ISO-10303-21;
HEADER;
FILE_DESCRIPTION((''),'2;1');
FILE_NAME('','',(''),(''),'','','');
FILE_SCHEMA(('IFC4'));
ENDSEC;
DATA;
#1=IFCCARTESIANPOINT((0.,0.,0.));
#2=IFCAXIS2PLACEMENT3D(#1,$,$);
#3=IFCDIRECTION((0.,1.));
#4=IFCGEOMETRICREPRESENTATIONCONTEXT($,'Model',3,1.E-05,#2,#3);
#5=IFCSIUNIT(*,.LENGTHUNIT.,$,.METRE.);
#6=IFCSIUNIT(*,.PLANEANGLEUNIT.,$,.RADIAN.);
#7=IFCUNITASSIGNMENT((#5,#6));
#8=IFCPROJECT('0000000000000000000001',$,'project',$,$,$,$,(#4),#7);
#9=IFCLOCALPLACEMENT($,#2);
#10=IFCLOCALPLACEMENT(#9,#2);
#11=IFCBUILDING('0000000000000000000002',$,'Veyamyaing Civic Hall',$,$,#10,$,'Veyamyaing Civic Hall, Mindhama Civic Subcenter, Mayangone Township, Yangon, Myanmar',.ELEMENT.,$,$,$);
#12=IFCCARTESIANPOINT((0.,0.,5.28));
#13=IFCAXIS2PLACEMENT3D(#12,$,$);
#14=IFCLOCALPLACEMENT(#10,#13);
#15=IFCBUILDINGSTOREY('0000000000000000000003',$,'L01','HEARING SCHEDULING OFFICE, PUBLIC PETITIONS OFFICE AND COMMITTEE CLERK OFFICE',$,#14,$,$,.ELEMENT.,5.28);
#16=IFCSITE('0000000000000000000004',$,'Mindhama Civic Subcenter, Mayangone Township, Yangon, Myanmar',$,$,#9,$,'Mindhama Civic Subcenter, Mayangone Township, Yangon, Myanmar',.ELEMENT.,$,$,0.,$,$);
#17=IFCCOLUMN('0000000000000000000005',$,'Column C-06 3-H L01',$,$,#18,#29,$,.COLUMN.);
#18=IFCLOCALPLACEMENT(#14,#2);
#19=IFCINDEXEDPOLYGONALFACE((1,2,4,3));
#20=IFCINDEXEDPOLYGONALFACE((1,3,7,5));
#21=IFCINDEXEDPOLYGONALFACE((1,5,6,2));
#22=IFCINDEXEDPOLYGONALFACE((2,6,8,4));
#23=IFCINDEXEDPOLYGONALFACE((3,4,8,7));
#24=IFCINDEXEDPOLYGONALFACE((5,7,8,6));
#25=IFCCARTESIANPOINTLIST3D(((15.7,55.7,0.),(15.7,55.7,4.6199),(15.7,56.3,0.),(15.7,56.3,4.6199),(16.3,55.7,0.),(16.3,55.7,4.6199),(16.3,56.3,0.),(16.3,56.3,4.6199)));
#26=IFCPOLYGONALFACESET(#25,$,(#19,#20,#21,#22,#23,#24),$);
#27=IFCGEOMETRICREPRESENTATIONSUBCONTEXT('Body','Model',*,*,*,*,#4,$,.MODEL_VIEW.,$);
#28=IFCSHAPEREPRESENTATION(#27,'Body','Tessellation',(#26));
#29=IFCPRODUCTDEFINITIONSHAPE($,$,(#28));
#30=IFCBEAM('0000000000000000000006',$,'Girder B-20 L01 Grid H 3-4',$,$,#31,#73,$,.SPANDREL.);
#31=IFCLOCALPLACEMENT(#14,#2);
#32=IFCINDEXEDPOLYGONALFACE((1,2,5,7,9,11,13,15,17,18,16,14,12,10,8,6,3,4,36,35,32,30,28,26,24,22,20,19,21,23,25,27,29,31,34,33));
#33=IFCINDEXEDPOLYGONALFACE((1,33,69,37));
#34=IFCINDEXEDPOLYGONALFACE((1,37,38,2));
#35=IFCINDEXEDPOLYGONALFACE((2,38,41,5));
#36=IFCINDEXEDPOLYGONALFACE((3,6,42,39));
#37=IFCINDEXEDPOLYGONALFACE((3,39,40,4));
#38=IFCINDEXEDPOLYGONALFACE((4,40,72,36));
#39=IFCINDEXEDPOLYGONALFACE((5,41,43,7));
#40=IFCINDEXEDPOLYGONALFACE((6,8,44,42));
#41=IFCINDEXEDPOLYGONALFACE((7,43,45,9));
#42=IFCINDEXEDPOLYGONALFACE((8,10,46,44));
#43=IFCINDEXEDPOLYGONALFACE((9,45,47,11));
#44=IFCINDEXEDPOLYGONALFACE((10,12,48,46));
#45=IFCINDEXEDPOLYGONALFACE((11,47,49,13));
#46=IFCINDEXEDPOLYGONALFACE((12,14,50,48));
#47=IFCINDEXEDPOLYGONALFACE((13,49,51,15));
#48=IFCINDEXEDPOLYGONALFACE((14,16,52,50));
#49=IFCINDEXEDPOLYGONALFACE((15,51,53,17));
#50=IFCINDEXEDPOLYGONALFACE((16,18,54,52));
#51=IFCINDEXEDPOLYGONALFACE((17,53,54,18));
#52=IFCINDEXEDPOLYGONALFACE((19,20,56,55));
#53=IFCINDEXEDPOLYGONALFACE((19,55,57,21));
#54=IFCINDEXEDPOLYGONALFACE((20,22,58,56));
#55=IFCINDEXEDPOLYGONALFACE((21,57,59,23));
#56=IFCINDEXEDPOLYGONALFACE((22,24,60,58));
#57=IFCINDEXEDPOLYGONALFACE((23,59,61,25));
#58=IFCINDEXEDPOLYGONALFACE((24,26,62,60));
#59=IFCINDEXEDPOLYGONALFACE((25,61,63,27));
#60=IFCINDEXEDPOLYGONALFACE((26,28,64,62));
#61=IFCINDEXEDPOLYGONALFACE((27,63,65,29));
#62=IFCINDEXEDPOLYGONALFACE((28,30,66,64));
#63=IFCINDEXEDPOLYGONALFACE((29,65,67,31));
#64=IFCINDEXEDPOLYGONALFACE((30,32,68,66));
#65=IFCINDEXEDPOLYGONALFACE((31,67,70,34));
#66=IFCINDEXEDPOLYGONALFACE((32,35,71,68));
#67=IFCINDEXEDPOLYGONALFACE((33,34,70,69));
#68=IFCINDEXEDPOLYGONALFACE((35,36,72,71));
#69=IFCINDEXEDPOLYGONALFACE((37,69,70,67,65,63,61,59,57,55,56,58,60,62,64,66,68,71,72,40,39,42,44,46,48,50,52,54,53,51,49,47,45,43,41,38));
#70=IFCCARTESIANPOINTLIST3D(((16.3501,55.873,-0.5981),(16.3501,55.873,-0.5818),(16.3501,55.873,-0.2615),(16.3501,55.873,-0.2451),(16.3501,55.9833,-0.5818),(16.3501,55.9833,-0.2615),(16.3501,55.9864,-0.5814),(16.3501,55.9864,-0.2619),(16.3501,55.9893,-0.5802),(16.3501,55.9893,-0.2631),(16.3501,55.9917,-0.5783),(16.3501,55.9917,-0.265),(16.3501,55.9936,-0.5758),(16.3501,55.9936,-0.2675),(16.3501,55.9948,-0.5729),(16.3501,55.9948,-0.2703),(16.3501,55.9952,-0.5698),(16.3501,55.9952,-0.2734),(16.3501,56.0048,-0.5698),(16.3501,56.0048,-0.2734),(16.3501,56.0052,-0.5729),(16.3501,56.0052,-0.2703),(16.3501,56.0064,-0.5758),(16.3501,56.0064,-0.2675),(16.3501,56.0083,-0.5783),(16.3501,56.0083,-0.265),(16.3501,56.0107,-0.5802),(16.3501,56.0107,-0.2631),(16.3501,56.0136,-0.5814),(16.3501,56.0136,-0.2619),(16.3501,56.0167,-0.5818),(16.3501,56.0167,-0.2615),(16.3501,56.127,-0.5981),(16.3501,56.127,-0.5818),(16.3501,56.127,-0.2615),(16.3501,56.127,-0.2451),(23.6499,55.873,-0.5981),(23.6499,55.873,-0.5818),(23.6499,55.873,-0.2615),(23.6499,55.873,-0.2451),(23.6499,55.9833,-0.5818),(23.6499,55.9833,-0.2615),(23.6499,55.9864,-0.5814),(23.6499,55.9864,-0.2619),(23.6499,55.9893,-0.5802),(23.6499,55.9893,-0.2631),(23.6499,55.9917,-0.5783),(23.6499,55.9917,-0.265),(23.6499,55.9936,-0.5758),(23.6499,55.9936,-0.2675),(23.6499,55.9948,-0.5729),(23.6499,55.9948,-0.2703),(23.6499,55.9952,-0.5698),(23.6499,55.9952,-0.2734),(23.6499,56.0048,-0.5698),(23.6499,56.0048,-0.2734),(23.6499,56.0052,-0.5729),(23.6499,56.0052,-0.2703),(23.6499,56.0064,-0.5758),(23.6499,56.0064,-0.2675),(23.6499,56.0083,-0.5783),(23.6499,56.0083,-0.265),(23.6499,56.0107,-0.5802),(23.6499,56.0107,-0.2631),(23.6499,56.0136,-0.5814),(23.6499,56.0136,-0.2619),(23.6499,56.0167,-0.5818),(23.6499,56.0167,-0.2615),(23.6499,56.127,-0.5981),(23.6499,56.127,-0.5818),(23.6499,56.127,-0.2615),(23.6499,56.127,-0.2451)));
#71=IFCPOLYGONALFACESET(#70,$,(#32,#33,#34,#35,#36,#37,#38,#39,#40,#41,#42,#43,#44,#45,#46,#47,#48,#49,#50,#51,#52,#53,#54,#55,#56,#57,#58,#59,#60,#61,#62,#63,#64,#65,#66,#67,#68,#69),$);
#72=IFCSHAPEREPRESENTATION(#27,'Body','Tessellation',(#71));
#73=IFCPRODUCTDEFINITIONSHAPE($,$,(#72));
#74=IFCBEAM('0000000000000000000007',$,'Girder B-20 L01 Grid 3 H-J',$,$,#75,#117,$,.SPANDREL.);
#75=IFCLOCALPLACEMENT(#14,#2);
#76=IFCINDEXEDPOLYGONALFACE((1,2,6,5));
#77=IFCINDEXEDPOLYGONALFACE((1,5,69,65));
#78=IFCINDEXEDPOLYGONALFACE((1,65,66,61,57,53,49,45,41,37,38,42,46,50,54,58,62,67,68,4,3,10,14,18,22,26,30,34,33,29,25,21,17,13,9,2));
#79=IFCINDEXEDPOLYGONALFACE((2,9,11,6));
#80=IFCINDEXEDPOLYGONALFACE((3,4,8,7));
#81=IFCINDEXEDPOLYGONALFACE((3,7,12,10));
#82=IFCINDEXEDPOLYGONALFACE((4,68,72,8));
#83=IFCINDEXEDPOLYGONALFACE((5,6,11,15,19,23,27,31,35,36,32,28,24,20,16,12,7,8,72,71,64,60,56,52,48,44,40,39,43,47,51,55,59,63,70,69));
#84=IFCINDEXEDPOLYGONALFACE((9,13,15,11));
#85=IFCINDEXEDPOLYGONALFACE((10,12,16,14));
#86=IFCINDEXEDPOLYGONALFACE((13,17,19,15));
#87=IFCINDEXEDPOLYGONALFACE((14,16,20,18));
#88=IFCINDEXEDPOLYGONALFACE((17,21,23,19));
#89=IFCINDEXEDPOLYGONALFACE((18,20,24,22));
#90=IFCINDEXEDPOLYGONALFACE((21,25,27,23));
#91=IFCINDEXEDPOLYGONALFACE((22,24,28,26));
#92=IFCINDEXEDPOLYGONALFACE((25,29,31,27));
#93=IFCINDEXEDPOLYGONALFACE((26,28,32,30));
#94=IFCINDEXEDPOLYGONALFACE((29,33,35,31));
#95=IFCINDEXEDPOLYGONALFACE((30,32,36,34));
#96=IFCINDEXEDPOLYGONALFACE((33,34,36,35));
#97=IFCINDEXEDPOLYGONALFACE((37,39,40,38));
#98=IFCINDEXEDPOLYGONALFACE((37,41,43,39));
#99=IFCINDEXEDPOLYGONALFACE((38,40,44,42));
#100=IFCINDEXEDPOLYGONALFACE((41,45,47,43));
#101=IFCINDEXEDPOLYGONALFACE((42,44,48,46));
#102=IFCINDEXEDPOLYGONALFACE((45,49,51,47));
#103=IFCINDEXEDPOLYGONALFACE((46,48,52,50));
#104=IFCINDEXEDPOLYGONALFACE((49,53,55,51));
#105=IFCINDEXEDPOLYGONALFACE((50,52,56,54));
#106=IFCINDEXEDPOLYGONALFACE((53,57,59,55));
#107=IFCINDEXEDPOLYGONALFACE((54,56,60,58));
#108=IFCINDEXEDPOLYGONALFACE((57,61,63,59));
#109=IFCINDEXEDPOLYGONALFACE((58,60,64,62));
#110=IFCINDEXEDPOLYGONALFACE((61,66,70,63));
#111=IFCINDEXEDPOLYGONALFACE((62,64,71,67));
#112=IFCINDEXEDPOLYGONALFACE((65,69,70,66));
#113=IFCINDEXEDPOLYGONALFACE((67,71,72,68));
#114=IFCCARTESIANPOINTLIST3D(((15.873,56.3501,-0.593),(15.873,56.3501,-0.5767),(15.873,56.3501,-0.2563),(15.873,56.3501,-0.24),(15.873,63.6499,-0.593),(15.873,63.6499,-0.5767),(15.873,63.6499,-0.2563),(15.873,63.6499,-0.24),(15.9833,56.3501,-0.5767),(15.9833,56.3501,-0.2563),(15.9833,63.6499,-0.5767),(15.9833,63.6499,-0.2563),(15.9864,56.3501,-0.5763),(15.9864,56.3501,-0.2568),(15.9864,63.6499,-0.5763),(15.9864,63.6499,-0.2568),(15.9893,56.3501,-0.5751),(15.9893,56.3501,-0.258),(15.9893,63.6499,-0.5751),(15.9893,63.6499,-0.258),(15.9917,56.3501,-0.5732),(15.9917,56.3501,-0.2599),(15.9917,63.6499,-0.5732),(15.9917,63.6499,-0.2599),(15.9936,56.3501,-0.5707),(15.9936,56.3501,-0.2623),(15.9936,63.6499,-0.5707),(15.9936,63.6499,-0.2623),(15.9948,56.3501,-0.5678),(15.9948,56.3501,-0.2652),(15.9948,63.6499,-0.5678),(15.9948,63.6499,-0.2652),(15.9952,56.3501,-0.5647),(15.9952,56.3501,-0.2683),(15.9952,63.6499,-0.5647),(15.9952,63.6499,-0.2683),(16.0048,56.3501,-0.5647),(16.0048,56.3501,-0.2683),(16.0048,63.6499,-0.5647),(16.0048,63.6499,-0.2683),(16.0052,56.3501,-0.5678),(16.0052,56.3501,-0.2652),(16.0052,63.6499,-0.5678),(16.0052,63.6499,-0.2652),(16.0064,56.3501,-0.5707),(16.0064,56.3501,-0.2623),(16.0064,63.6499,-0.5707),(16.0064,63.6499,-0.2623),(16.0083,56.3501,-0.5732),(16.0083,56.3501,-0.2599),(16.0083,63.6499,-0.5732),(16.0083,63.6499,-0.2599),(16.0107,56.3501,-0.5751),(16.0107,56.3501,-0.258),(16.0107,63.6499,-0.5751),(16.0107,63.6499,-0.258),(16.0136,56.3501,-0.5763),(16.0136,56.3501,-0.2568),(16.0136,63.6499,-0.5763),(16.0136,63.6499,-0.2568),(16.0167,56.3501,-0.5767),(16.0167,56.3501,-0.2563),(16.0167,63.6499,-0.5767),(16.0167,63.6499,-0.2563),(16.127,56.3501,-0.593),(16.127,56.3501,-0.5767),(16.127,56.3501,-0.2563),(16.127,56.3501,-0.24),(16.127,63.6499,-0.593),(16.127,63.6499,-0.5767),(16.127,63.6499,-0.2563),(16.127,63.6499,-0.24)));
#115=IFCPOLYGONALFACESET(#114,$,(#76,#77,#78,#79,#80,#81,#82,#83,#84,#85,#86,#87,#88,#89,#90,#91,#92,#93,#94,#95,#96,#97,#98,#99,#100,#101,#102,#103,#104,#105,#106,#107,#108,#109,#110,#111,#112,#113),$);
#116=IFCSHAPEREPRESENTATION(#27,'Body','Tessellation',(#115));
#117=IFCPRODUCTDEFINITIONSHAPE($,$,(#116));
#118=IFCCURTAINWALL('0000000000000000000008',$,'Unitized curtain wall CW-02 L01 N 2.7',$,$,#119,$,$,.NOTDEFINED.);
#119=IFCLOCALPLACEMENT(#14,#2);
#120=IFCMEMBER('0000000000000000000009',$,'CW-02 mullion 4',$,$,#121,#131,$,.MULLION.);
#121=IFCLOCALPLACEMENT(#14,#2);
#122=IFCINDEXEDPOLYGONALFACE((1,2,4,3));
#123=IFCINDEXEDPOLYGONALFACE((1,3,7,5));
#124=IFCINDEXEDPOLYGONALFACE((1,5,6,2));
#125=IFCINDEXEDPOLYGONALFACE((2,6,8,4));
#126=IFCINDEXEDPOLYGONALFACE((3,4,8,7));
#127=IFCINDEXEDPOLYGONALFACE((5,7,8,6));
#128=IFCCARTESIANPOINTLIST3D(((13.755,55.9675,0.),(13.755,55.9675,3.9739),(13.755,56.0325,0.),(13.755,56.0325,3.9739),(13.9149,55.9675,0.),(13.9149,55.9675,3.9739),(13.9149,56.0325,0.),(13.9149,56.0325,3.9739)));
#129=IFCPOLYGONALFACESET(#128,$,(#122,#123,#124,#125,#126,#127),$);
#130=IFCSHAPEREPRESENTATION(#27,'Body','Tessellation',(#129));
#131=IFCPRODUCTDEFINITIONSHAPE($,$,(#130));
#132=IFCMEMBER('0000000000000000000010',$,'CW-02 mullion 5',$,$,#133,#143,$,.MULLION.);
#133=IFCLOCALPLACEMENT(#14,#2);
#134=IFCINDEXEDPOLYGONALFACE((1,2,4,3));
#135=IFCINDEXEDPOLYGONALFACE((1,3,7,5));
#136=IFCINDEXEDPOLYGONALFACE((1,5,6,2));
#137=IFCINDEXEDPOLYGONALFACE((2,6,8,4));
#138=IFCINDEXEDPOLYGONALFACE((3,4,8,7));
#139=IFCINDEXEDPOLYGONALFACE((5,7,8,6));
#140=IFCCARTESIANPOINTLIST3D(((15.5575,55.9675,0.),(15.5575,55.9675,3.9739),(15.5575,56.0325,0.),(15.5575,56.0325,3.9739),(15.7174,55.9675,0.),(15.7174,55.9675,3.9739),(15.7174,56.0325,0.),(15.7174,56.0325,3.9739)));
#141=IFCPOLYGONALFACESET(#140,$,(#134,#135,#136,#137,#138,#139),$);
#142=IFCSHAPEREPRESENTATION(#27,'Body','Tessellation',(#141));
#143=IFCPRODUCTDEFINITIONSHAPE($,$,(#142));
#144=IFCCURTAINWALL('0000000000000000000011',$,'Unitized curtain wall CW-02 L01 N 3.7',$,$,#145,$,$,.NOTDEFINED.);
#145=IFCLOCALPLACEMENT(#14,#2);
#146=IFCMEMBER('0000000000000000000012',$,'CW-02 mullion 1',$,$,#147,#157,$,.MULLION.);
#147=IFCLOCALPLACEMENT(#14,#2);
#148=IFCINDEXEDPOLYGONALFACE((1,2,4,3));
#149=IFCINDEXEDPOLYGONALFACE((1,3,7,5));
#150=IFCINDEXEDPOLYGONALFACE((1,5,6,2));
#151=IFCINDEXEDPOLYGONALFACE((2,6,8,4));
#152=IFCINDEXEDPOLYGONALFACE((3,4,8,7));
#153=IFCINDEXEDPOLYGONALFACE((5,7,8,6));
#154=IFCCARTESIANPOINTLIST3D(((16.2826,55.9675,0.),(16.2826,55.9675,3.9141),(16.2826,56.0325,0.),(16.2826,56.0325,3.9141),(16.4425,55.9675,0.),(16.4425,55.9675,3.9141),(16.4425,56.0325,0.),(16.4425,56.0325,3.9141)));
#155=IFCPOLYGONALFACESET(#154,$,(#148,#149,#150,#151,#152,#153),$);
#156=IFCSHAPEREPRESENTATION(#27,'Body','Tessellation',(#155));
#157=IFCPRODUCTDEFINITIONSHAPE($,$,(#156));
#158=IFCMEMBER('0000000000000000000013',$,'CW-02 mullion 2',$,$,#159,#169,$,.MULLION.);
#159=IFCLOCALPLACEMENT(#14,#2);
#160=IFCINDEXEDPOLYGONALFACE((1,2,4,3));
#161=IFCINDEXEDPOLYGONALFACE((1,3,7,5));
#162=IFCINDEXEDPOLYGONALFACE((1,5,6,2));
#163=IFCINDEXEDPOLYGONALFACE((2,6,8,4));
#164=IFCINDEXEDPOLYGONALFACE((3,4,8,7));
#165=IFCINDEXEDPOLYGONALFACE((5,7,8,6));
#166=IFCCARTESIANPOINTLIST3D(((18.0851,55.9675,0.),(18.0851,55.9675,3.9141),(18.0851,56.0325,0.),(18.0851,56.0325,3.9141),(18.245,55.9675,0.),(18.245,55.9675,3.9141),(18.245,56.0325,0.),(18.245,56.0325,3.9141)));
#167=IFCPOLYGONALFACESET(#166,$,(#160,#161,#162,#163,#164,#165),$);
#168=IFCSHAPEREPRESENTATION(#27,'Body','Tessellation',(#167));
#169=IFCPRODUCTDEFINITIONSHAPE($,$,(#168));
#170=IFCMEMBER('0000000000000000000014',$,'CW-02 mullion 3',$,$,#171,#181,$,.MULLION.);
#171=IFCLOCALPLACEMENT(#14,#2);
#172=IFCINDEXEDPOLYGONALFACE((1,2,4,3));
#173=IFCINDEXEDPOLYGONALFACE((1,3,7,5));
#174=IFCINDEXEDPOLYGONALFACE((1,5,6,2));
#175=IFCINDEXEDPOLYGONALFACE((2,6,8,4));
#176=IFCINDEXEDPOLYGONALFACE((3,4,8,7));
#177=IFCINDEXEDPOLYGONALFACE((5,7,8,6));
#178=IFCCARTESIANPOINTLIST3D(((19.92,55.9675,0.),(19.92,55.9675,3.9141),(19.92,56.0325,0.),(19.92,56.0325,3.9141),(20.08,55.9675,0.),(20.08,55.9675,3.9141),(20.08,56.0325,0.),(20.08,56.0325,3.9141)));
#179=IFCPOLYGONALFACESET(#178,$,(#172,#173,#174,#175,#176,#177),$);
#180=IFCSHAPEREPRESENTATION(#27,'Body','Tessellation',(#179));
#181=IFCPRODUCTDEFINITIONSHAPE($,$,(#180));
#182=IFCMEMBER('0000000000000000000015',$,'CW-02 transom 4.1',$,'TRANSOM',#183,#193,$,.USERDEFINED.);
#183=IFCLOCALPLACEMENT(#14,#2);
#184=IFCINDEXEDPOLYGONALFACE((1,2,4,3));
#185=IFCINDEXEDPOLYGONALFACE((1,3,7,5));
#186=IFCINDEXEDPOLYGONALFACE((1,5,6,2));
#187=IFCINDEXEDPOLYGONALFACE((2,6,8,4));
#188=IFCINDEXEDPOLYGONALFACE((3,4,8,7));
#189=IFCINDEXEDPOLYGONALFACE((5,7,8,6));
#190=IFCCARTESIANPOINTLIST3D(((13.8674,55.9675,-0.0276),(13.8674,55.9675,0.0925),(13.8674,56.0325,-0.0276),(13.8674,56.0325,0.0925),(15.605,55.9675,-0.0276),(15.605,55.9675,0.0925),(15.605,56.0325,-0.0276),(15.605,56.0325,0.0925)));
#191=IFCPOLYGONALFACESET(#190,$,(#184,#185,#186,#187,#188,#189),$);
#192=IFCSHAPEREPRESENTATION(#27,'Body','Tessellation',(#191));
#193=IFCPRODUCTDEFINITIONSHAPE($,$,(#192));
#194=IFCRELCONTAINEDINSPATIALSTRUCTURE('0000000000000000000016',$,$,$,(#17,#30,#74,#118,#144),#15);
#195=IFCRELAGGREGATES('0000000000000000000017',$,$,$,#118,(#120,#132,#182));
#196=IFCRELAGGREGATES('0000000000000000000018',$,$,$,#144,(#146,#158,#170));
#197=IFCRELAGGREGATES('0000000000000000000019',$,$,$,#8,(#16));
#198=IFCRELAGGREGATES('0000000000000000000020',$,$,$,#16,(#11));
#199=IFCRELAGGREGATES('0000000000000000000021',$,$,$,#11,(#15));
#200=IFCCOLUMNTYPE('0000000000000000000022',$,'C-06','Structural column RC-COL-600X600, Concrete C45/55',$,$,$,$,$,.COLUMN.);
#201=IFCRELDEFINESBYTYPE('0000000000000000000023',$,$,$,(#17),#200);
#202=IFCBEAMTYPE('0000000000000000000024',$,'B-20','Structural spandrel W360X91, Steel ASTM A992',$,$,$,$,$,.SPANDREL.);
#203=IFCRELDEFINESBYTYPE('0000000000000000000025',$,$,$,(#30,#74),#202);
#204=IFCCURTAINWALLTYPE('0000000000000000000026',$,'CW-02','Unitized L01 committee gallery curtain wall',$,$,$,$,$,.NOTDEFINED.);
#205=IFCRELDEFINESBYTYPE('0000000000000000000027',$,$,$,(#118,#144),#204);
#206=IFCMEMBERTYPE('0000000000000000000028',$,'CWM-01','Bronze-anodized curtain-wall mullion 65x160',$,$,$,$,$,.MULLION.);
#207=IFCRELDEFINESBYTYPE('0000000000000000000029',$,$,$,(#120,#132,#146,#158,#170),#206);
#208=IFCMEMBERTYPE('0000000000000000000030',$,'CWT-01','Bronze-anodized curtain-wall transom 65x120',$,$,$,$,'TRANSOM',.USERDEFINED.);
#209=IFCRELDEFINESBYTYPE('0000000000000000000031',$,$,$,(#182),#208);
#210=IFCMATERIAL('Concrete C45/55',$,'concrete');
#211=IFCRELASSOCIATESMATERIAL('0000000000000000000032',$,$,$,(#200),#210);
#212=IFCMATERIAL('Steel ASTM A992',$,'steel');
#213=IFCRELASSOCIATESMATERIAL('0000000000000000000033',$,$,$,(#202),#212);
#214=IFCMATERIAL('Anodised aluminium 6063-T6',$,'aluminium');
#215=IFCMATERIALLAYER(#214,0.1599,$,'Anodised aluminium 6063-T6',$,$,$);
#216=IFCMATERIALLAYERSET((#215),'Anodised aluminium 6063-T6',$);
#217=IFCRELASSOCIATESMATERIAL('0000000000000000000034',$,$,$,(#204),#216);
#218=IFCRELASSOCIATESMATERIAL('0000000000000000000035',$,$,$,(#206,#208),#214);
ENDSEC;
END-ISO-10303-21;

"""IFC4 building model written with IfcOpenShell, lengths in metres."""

from ifc_helpers import new_model, si_unit, direction, frame, origin, origin_2d, place, context, subcontext, project, spatial, rectangle, i_section, extrude, material, layer, layer_set, material_profile, profile_set, type_object, element, aggregate, save


model = new_model("IFC4")

# Units and contexts
model_context = context("Model", 3, precision=1e-05, world=origin(), true_north=direction((0.0, 1.0)))
body_context = subcontext(model_context, "Body", "Model", "MODEL_VIEW")
ifc_project = project(units=[si_unit("LENGTHUNIT", "METRE"), si_unit("PLANEANGLEUNIT", "RADIAN")], contexts=[model_context])

# Site, building, storey
site_placement = place(None, origin())
site = spatial("IfcSite", under=ifc_project, at=site_placement, Name="Mindhama Civic Subcenter, Mayangone Township, Yangon, Myanmar", LongName="Mindhama Civic Subcenter, Mayangone Township, Yangon, Myanmar", CompositionType="ELEMENT", RefElevation=0.0)
building_placement = place(site_placement, origin())
building = spatial("IfcBuilding", under=site, at=building_placement, Name="Veyamyaing Civic Hall", LongName="Veyamyaing Civic Hall, Mindhama Civic Subcenter, Mayangone Township, Yangon, Myanmar", CompositionType="ELEMENT")
storey_placement = place(building_placement, frame((0.0, 0.0, 5.28)))
storey = spatial("IfcBuildingStorey", under=building, at=storey_placement, Name="L01", Description="HEARING SCHEDULING OFFICE, PUBLIC PETITIONS OFFICE AND COMMITTEE CLERK OFFICE", CompositionType="ELEMENT", Elevation=5.28)

# Column
ifc_material_1 = material(Name="Concrete C45/55", Category="concrete")
ifc_material_profile_1 = material_profile(ifc_material_1, rectangle(XDim=0.6001, YDim=0.6001, at=origin_2d()), Name="RC-COL-600X600")
ifc_profile_set_1 = profile_set([ifc_material_profile_1], Name="Concrete C45/55")
column_type = type_object("IfcColumnType", Name="C-06", Description="Structural column RC-COL-600X600, Concrete C45/55", PredefinedType="COLUMN", material=ifc_profile_set_1)
column_placement = place(storey_placement, frame((16.0, 56.0, 0.0), z_axis=(0.0, 0.0, 1.0), x_axis=(1.0, 0.0, 0.0)))
element("IfcColumn", 1, at=column_placement, inside=storey, type_object=column_type, Name="Column C-06 3-H L01", PredefinedType="COLUMN", context=body_context, shape_type="SweptSolid", body=[
    extrude(rectangle(XDim=0.6001, YDim=0.6001, at=origin_2d()), origin(), (0.0, 0.0, 1.0), 4.6199),
])

# Beams
ifc_material_2 = material(Name="Steel ASTM A992", Category="steel")
ifc_material_profile_2 = material_profile(ifc_material_2, i_section(OverallWidth=0.2539, OverallDepth=0.353, WebThickness=0.0095, FlangeThickness=0.0164, FilletRadius=0.012, at=origin_2d()), Name="W360X91")
ifc_profile_set_2 = profile_set([ifc_material_profile_2], Name="Steel ASTM A992")
beam_type_1 = type_object("IfcBeamType", Name="B-20", Description="Structural spandrel W360X91, Steel ASTM A992", PredefinedType="SPANDREL", material=ifc_profile_set_2)
for number, where, z_axis, x_axis, name in (
    (2, (16.3501, 56.0, -0.4216), (1.0, 0.0, 0.0), (0.0, 1.0, 0.0), "Girder B-20 L01 Grid H 3-4"),
    (3, (16.0, 56.3501, -0.4165), (0.0, 1.0, 0.0), (-1.0, 0.0, 0.0), "Girder B-20 L01 Grid 3 H-J"),
):
    element("IfcBeam", number, at=place(storey_placement, frame(where, z_axis=z_axis, x_axis=x_axis)), inside=storey, type_object=beam_type_1, Name=name, PredefinedType="SPANDREL", context=body_context, shape_type="SweptSolid", body=[
        extrude(i_section(OverallWidth=0.2539, OverallDepth=0.353, WebThickness=0.0095, FlangeThickness=0.0164, FilletRadius=0.012, at=origin_2d()), origin(), (0.0, 0.0, 1.0), 7.2998),
    ])

# Curtain walls, members
ifc_material_3 = material(Name="Anodised aluminium 6063-T6", Category="aluminium")
ifc_layer_1 = layer(ifc_material_3, 0.1599, Name="Anodised aluminium 6063-T6")
ifc_layer_set_1 = layer_set([ifc_layer_1], Name="Anodised aluminium 6063-T6")
curtain_wall_type = type_object("IfcCurtainWallType", Name="CW-02", Description="Unitized L01 committee gallery curtain wall", PredefinedType="NOTDEFINED", material=ifc_layer_set_1)
curtain_wall_1_placement = place(storey_placement, origin())
curtain_wall_1 = element("IfcCurtainWall", 4, at=curtain_wall_1_placement, inside=storey, type_object=curtain_wall_type, Name="Unitized curtain wall CW-02 L01 N 2.7", PredefinedType="NOTDEFINED")
ifc_material_profile_3 = material_profile(ifc_material_3, rectangle(XDim=0.0649, YDim=0.1599, at=origin_2d()), Name="ALU-MUL-65X160")
ifc_profile_set_3 = profile_set([ifc_material_profile_3], Name="Anodised aluminium 6063-T6")
member_type_1 = type_object("IfcMemberType", Name="CWM-01", Description="Bronze-anodized curtain-wall mullion 65x160", PredefinedType="MULLION", material=ifc_profile_set_3)
member_1_placement = place(storey_placement, frame((13.835, 56.0, 0.0), z_axis=(0.0, 0.0, 1.0), x_axis=(0.0, 1.0, 0.0)))
member_1 = element("IfcMember", 5, at=member_1_placement, type_object=member_type_1, Name="CW-02 mullion 4", PredefinedType="MULLION", context=body_context, shape_type="SweptSolid", body=[
    extrude(rectangle(XDim=0.0649, YDim=0.1599, at=origin_2d()), origin(), (0.0, 0.0, 1.0), 3.9739),
])
member_2_placement = place(storey_placement, frame((15.6375, 56.0, 0.0), z_axis=(0.0, 0.0, 1.0), x_axis=(0.0, 1.0, 0.0)))
member_2 = element("IfcMember", 6, at=member_2_placement, type_object=member_type_1, Name="CW-02 mullion 5", PredefinedType="MULLION", context=body_context, shape_type="SweptSolid", body=[
    extrude(rectangle(XDim=0.0649, YDim=0.1599, at=origin_2d()), origin(), (0.0, 0.0, 1.0), 3.9739),
])
curtain_wall_2_placement = place(storey_placement, origin())
curtain_wall_2 = element("IfcCurtainWall", 7, at=curtain_wall_2_placement, inside=storey, type_object=curtain_wall_type, Name="Unitized curtain wall CW-02 L01 N 3.7", PredefinedType="NOTDEFINED")
member_3_placement = place(storey_placement, frame((16.3625, 56.0, 0.0), z_axis=(0.0, 0.0, 1.0), x_axis=(0.0, 1.0, 0.0)))
member_3 = element("IfcMember", 8, at=member_3_placement, type_object=member_type_1, Name="CW-02 mullion 1", PredefinedType="MULLION", context=body_context, shape_type="SweptSolid", body=[
    extrude(rectangle(XDim=0.0649, YDim=0.1599, at=origin_2d()), origin(), (0.0, 0.0, 1.0), 3.9141),
])
member_4_placement = place(storey_placement, frame((18.165, 56.0, 0.0), z_axis=(0.0, 0.0, 1.0), x_axis=(0.0, 1.0, 0.0)))
member_4 = element("IfcMember", 9, at=member_4_placement, type_object=member_type_1, Name="CW-02 mullion 2", PredefinedType="MULLION", context=body_context, shape_type="SweptSolid", body=[
    extrude(rectangle(XDim=0.0649, YDim=0.1599, at=origin_2d()), origin(), (0.0, 0.0, 1.0), 3.9141),
])
member_5_placement = place(storey_placement, frame((20.0, 56.0, 0.0), z_axis=(0.0, 0.0, 1.0), x_axis=(0.0, 1.0, 0.0)))
member_5 = element("IfcMember", 10, at=member_5_placement, type_object=member_type_1, Name="CW-02 mullion 3", PredefinedType="MULLION", context=body_context, shape_type="SweptSolid", body=[
    extrude(rectangle(XDim=0.0649, YDim=0.1599, at=origin_2d()), origin(), (0.0, 0.0, 1.0), 3.9141),
])

# Member
ifc_material_profile_4 = material_profile(ifc_material_3, rectangle(XDim=0.0649, YDim=0.1201, at=origin_2d()), Name="ALU-TRN-65X120")
ifc_profile_set_4 = profile_set([ifc_material_profile_4], Name="Anodised aluminium 6063-T6")
member_type_2 = type_object("IfcMemberType", Name="CWT-01", Description="Bronze-anodized curtain-wall transom 65x120", ElementType="TRANSOM", PredefinedType="USERDEFINED", material=ifc_profile_set_4)
member_6_placement = place(storey_placement, frame((13.8674, 56.0, 0.0325), z_axis=(1.0, 0.0, 0.0), x_axis=(0.0, 1.0, 0.0)))
member_6 = element("IfcMember", 11, at=member_6_placement, type_object=member_type_2, Name="CW-02 transom 4.1", ObjectType="TRANSOM", PredefinedType="USERDEFINED", context=body_context, shape_type="SweptSolid", body=[
    extrude(rectangle(XDim=0.0649, YDim=0.1201, at=origin_2d()), origin(), (0.0, 0.0, 1.0), 1.7375),
])

aggregate(curtain_wall_1, [member_1, member_2, member_6])
aggregate(curtain_wall_2, [member_3, member_4, member_5])

save(model, "model.ifc")
